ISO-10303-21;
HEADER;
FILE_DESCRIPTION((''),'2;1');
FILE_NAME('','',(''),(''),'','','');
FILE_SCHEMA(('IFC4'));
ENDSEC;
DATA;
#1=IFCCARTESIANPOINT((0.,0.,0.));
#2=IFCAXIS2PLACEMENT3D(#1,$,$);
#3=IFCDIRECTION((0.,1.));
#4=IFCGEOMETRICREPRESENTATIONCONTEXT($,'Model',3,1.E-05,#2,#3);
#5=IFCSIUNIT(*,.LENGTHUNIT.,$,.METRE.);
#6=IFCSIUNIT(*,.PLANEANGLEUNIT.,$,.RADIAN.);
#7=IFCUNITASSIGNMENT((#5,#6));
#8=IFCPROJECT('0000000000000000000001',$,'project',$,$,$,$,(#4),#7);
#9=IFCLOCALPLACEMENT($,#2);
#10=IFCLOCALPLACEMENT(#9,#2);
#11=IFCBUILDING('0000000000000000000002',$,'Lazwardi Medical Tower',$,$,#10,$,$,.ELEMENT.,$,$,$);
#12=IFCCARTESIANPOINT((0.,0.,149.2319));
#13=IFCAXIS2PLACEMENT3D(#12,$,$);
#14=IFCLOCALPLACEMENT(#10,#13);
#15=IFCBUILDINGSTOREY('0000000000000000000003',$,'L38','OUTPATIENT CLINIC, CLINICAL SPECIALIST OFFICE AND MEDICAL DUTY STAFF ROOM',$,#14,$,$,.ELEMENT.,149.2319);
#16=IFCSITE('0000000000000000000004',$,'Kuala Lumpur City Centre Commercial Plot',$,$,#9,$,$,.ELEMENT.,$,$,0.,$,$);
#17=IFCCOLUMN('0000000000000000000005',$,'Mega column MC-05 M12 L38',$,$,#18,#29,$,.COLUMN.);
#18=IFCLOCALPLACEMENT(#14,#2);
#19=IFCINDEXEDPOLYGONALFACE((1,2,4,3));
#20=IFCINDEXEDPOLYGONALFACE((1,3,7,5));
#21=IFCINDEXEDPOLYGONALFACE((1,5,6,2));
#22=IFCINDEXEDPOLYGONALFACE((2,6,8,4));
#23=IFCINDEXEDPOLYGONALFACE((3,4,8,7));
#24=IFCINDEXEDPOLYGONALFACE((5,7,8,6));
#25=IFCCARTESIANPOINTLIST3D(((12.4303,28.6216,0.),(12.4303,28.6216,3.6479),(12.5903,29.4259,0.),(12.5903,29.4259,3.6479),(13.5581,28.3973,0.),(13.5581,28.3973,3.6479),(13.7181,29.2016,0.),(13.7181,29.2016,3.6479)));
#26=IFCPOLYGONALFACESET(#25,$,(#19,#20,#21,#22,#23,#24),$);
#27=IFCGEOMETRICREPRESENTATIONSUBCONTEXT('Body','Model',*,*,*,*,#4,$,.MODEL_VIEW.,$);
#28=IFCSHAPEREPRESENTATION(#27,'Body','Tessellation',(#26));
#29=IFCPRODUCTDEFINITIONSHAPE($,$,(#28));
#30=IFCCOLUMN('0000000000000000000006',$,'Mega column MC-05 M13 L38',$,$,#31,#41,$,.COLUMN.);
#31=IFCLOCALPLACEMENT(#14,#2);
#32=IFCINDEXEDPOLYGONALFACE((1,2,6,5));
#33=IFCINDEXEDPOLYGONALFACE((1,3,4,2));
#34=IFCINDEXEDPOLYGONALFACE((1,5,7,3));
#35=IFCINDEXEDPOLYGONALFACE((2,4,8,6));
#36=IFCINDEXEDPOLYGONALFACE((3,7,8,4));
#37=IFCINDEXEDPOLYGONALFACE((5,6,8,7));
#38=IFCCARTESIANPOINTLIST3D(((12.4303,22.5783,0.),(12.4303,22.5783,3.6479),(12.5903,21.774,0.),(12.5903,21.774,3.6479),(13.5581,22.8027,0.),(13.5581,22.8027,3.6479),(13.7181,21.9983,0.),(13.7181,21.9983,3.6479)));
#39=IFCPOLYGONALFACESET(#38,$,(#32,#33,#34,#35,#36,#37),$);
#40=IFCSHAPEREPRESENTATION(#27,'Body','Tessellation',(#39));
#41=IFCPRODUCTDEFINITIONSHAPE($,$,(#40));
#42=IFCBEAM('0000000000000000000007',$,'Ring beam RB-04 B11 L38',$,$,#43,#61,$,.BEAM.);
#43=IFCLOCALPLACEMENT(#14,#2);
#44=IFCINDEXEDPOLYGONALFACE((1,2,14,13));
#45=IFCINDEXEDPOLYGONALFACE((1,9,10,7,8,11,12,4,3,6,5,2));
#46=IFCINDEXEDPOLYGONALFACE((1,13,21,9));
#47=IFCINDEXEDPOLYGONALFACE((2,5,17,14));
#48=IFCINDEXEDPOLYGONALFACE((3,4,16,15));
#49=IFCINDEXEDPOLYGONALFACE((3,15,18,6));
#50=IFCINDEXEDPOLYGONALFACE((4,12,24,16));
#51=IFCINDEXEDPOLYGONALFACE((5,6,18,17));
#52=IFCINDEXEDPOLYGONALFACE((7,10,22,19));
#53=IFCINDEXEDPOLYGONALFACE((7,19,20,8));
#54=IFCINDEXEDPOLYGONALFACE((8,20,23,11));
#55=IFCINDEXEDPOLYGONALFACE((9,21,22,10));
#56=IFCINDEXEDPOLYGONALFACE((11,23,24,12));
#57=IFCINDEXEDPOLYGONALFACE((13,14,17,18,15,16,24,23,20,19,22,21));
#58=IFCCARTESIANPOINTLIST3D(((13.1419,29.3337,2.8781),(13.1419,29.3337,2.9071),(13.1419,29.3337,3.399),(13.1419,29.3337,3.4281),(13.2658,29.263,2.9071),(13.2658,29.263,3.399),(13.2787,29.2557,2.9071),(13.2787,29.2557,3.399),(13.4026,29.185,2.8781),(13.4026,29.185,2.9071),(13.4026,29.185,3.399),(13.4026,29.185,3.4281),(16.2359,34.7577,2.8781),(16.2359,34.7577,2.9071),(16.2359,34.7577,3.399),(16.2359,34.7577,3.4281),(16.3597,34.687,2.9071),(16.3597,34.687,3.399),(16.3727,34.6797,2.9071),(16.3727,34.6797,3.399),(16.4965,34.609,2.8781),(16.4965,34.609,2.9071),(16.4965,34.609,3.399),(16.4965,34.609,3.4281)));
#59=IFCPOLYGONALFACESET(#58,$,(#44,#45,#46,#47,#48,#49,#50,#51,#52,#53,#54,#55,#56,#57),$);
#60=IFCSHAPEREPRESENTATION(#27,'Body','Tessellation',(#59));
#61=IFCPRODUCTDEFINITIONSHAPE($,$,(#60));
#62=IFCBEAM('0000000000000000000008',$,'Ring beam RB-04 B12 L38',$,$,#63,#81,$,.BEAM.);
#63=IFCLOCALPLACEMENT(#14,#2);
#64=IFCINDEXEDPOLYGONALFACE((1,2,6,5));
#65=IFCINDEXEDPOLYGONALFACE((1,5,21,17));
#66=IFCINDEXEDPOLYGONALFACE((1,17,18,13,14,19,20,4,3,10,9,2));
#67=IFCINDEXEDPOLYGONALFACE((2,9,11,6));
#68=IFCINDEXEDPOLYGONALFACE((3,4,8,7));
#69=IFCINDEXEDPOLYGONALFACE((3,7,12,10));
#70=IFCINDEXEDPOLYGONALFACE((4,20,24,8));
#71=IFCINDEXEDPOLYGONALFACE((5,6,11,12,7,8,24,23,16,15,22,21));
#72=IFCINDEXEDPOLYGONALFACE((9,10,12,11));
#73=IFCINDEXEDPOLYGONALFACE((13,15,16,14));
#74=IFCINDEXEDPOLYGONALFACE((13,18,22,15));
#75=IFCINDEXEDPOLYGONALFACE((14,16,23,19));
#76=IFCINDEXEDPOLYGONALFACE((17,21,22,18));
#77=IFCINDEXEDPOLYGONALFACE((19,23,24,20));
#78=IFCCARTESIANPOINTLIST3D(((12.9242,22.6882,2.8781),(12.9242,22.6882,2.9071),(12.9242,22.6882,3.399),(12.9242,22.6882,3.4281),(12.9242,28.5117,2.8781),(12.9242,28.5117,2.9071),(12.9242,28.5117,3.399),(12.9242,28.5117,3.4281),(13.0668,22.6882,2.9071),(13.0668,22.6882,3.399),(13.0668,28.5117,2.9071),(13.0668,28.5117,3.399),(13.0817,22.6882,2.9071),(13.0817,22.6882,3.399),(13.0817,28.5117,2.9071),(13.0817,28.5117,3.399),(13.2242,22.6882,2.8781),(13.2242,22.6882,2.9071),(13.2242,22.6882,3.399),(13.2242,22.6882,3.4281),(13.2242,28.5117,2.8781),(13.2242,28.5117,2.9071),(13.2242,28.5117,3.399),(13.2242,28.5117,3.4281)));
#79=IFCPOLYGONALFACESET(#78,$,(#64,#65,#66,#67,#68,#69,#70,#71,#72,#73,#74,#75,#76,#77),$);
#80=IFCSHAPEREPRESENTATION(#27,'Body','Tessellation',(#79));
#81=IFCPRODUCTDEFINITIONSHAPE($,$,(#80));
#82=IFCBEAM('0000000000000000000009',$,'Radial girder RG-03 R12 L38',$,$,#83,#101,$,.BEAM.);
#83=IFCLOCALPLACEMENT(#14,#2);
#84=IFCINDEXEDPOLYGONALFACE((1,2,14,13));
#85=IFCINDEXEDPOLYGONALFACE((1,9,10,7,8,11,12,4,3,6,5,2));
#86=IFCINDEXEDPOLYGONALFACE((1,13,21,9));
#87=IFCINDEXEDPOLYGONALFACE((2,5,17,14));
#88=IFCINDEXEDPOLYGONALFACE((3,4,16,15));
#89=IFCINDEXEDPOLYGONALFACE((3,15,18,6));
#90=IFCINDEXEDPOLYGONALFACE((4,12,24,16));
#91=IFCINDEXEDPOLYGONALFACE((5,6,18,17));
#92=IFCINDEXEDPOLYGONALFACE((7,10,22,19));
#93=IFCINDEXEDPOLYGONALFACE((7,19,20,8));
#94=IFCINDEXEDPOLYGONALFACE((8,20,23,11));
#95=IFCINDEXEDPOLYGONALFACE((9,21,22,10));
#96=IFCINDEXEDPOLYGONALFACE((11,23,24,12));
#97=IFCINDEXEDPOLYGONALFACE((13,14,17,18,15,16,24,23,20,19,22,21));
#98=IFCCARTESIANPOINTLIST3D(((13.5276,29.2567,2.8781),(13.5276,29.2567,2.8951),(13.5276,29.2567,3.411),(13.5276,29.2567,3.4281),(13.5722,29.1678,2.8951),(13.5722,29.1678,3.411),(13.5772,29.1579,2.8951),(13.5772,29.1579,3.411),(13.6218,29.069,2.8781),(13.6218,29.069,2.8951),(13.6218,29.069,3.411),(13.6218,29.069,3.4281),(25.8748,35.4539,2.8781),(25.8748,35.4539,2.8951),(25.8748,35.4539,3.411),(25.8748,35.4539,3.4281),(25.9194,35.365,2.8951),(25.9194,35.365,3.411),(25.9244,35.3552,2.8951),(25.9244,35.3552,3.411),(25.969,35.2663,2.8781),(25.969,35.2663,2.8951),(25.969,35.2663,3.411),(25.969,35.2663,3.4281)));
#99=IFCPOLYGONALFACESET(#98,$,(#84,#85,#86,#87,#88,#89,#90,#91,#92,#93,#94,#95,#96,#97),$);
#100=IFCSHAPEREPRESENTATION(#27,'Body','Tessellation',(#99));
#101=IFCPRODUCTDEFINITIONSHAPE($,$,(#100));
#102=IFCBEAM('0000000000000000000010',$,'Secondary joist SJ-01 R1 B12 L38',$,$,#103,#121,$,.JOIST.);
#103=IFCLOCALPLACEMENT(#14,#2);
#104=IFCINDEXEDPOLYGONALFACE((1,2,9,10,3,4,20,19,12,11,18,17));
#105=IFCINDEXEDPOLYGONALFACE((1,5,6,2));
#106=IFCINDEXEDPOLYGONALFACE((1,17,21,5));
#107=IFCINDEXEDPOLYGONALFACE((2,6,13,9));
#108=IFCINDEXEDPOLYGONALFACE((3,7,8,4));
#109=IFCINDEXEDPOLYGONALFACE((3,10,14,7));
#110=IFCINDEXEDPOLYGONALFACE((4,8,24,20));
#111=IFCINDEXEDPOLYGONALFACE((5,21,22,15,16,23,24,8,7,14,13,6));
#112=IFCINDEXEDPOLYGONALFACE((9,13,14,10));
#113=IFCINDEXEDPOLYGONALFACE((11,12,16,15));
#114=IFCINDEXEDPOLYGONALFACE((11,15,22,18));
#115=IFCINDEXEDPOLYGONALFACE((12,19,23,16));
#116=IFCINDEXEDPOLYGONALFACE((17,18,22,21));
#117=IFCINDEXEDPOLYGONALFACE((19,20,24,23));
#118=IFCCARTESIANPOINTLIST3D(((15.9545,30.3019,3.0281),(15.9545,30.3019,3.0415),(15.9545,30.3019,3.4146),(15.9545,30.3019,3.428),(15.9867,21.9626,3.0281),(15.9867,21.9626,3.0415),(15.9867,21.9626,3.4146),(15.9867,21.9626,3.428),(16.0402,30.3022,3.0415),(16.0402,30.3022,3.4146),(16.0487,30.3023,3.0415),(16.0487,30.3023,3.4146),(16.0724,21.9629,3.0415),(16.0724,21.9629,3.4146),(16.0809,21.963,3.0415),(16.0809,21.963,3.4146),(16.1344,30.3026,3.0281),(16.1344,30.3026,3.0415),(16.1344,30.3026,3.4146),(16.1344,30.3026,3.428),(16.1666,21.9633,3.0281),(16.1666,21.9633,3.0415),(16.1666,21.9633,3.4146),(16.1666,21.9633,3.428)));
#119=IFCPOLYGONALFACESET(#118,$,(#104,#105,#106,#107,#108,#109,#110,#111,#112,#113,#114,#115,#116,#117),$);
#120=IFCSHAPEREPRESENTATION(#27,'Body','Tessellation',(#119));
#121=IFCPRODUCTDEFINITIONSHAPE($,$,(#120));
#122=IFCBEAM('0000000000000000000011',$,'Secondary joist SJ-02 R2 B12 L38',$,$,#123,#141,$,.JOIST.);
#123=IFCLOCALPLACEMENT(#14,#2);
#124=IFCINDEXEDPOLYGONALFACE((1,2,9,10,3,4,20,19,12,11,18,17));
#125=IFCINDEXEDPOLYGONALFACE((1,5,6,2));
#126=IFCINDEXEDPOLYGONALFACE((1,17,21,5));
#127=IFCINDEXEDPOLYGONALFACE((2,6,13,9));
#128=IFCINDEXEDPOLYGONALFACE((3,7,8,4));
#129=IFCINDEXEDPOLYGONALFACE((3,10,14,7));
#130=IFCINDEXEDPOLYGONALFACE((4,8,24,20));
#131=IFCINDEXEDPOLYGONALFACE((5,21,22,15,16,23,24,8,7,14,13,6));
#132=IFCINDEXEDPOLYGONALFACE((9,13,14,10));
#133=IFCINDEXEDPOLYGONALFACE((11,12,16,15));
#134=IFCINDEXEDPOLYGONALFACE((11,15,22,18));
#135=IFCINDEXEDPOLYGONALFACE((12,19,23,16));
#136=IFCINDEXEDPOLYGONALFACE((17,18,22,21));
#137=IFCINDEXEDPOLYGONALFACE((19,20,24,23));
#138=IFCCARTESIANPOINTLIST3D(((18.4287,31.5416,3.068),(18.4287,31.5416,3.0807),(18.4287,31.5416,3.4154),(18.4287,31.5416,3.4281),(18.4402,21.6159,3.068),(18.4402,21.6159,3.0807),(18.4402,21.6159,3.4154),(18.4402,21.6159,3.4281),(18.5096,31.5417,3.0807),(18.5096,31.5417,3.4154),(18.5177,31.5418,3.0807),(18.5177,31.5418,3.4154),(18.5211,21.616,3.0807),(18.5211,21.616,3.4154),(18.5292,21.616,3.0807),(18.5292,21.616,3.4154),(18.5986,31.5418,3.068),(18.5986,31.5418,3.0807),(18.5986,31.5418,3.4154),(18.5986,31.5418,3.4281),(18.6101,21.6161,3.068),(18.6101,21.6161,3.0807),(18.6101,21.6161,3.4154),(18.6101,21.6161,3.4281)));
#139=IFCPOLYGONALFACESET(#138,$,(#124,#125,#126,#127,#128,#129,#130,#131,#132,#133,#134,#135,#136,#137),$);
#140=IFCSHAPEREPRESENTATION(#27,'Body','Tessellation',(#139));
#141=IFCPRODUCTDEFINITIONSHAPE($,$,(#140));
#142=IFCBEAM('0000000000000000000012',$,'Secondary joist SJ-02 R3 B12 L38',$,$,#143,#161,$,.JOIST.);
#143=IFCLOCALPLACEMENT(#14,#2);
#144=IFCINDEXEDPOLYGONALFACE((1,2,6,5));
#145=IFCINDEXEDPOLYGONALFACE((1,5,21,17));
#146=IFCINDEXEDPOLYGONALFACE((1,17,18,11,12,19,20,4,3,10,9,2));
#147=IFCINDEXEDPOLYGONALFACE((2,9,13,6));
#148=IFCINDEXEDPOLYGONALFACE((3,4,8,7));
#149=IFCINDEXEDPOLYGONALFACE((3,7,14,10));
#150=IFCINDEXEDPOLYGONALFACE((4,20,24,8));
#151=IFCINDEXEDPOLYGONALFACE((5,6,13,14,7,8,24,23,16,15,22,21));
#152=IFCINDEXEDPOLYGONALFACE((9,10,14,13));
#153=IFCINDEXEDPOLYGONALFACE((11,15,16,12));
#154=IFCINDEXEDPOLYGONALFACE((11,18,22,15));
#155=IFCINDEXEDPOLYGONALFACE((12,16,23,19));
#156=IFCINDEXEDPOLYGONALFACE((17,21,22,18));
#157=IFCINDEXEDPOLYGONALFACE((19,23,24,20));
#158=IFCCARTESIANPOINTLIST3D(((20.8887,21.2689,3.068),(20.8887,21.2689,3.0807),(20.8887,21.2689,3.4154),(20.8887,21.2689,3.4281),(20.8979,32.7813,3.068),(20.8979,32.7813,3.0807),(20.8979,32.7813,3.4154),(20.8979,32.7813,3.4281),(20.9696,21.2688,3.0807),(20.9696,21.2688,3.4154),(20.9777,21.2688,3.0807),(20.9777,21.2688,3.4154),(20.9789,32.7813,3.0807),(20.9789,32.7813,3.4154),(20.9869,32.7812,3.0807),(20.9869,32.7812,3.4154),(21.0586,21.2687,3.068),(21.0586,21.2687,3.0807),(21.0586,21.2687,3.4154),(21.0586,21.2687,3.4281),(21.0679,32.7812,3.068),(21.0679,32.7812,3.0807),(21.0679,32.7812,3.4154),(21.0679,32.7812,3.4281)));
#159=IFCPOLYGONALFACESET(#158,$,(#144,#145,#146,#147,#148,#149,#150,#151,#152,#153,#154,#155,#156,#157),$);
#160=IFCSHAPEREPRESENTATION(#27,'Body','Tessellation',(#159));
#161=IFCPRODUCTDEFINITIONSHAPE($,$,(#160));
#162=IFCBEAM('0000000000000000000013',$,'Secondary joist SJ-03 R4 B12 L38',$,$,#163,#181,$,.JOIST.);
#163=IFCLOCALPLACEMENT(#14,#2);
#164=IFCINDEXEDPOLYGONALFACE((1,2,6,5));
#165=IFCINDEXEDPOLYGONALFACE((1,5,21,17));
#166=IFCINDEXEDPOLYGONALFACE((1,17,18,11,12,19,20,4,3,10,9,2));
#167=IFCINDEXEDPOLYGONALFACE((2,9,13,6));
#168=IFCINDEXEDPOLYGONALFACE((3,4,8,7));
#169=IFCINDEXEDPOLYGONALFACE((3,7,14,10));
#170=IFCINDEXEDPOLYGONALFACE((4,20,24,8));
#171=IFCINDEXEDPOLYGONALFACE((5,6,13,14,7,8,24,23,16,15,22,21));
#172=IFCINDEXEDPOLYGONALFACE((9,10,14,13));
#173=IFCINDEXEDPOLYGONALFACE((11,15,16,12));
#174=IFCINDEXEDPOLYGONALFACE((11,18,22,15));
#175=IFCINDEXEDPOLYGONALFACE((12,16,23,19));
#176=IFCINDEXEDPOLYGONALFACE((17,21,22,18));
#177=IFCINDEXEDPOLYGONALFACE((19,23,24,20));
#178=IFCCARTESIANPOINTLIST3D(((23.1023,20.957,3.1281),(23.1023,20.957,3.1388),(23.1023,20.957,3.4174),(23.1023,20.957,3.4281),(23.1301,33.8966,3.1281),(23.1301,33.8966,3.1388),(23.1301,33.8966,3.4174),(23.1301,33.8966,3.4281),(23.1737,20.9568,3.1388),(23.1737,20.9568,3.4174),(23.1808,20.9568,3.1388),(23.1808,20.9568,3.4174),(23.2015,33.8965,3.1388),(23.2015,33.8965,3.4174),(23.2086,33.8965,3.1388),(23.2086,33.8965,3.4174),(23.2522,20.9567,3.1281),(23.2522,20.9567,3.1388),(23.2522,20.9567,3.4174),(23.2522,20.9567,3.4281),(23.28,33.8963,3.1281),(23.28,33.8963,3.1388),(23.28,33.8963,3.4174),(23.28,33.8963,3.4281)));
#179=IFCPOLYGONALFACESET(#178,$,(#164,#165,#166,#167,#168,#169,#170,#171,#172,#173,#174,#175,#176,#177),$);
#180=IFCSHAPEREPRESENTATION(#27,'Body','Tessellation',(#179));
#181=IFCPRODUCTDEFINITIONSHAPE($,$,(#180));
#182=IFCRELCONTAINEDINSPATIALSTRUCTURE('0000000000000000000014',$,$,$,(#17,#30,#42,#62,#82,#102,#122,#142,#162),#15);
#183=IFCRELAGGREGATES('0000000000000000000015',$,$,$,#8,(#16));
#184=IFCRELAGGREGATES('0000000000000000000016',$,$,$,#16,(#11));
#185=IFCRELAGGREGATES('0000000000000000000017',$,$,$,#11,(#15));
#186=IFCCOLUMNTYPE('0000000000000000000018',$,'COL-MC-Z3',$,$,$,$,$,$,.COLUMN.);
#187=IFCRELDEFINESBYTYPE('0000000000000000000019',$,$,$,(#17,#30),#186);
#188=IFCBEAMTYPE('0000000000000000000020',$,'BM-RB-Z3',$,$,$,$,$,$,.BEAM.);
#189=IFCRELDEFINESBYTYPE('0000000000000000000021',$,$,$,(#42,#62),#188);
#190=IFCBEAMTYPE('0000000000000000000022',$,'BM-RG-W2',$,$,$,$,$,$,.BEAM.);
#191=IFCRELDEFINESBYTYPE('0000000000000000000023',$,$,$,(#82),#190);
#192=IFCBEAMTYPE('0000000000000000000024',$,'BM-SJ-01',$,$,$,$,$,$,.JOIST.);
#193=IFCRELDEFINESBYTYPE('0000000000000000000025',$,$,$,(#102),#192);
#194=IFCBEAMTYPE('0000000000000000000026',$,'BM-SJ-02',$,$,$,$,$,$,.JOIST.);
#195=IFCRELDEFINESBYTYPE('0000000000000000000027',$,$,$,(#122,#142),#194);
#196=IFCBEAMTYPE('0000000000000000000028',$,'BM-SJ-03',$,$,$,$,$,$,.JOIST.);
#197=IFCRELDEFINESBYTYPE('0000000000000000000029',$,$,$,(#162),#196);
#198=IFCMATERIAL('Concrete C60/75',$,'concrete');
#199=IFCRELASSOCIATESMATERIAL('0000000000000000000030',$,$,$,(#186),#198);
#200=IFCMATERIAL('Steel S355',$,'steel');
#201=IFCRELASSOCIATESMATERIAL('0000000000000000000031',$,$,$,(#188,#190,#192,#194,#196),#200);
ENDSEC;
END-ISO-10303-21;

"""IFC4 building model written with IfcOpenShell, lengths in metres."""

from ifc_helpers import new_model, si_unit, direction, frame, origin, origin_2d, place, context, subcontext, project, spatial, rectangle, i_section, extrude, material, material_profile, profile_set, type_object, element, save


model = new_model("IFC4")

# Units and contexts
model_context = context("Model", 3, precision=1e-05, world=origin(), true_north=direction((0.0, 1.0)))
body_context = subcontext(model_context, "Body", "Model", "MODEL_VIEW")
ifc_project = project(units=[si_unit("LENGTHUNIT", "METRE"), si_unit("PLANEANGLEUNIT", "RADIAN")], contexts=[model_context])

# Site, building, storey
site_placement = place(None, origin())
site = spatial("IfcSite", under=ifc_project, at=site_placement, Name="Kuala Lumpur City Centre Commercial Plot", CompositionType="ELEMENT", RefElevation=0.0)
building_placement = place(site_placement, origin())
building = spatial("IfcBuilding", under=site, at=building_placement, Name="Lazwardi Medical Tower", CompositionType="ELEMENT")
storey_placement = place(building_placement, frame((0.0, 0.0, 149.2319)))
storey = spatial("IfcBuildingStorey", under=building, at=storey_placement, Name="L38", Description="OUTPATIENT CLINIC, CLINICAL SPECIALIST OFFICE AND MEDICAL DUTY STAFF ROOM", CompositionType="ELEMENT", Elevation=149.2319)

# Columns
ifc_material_1 = material(Name="Concrete C60/75", Category="concrete")
ifc_material_profile_1 = material_profile(ifc_material_1, rectangle(XDim=1.1499, YDim=0.8201, at=origin_2d()), Name="CFT-RECT 1150x820")
ifc_profile_set_1 = profile_set([ifc_material_profile_1], Name="Concrete C60/75")
column_type = type_object("IfcColumnType", Name="COL-MC-Z3", PredefinedType="COLUMN", material=ifc_profile_set_1)
for number, where, z_axis, x_axis, name in (
    (1, (13.0742, 28.9116, 0.0), (0.0, 0.0, 1.0), (-0.980785, 0.19509, 0.0), "Mega column MC-05 M12 L38"),
    (2, (13.0742, 22.2883, 0.0), (0.0, 0.0, 1.0), (-0.980785, -0.19509, 0.0), "Mega column MC-05 M13 L38"),
):
    element("IfcColumn", number, at=place(storey_placement, frame(where, z_axis=z_axis, x_axis=x_axis)), inside=storey, type_object=column_type, Name=name, PredefinedType="COLUMN", context=body_context, shape_type="SweptSolid", body=[
        extrude(rectangle(XDim=1.1499, YDim=0.8201, at=origin_2d()), origin(), (0.0, 0.0, 1.0), 3.6479),
    ])

# Beams
ifc_material_2 = material(Name="Steel S355", Category="steel")
ifc_material_profile_2 = material_profile(ifc_material_2, i_section(OverallWidth=0.3, OverallDepth=0.55, WebThickness=0.0149, FlangeThickness=0.0291, at=origin_2d()), Name="HEB 550")
ifc_profile_set_2 = profile_set([ifc_material_profile_2], Name="Steel S355")
beam_type_1 = type_object("IfcBeamType", Name="BM-RB-Z3", PredefinedType="BEAM", material=ifc_profile_set_2)
beam_1_placement = place(storey_placement, frame((16.3662, 34.6833, 3.1531), z_axis=(-0.495478, -0.868621, 0.0), x_axis=(0.868621, -0.495478, 0.0)))
element("IfcBeam", 3, at=beam_1_placement, inside=storey, type_object=beam_type_1, Name="Ring beam RB-04 B11 L38", PredefinedType="BEAM", context=body_context, shape_type="SweptSolid", body=[
    extrude(i_section(OverallWidth=0.3, OverallDepth=0.55, WebThickness=0.0149, FlangeThickness=0.0291, at=origin_2d()), origin(), (0.0, 0.0, 1.0), 6.2444),
])
beam_2_placement = place(storey_placement, frame((13.0742, 28.5117, 3.1531), z_axis=(0.0, -1.0, 0.0), x_axis=(1.0, 0.0, 0.0)))
element("IfcBeam", 4, at=beam_2_placement, inside=storey, type_object=beam_type_1, Name="Ring beam RB-04 B12 L38", PredefinedType="BEAM", context=body_context, shape_type="SweptSolid", body=[
    extrude(i_section(OverallWidth=0.3, OverallDepth=0.55, WebThickness=0.0149, FlangeThickness=0.0291, at=origin_2d()), origin(), (0.0, 0.0, 1.0), 5.8235),
])
ifc_material_profile_3 = material_profile(ifc_material_2, i_section(OverallWidth=0.21, OverallDepth=0.55, WebThickness=0.011, FlangeThickness=0.0171, at=origin_2d()), Name="IPE 550")
ifc_profile_set_3 = profile_set([ifc_material_profile_3], Name="Steel S355")
beam_type_2 = type_object("IfcBeamType", Name="BM-RG-W2", PredefinedType="BEAM", material=ifc_profile_set_3)
beam_3_placement = place(storey_placement, frame((13.5747, 29.1628, 3.1531), z_axis=(0.89374, 0.448584, 0.0), x_axis=(-0.448584, 0.89374, 0.0)))
element("IfcBeam", 5, at=beam_3_placement, inside=storey, type_object=beam_type_2, Name="Radial girder RG-03 R12 L38", PredefinedType="BEAM", context=body_context, shape_type="SweptSolid", body=[
    extrude(i_section(OverallWidth=0.21, OverallDepth=0.55, WebThickness=0.011, FlangeThickness=0.0171, at=origin_2d()), origin(), (0.0, 0.0, 1.0), 13.8152),
])
ifc_material_profile_4 = material_profile(ifc_material_2, i_section(OverallWidth=0.1799, OverallDepth=0.3999, WebThickness=0.0085, FlangeThickness=0.0134, at=origin_2d()), Name="IPE 400")
ifc_profile_set_4 = profile_set([ifc_material_profile_4], Name="Steel S355")
beam_type_3 = type_object("IfcBeamType", Name="BM-SJ-01", PredefinedType="JOIST", material=ifc_profile_set_4)
beam_4_placement = place(storey_placement, frame((16.0444, 30.3022, 3.228), z_axis=(0.003864, -0.999993, 0.0), x_axis=(0.999993, 0.003864, 0.0)))
element("IfcBeam", 6, at=beam_4_placement, inside=storey, type_object=beam_type_3, Name="Secondary joist SJ-01 R1 B12 L38", PredefinedType="JOIST", context=body_context, shape_type="SweptSolid", body=[
    extrude(i_section(OverallWidth=0.1799, OverallDepth=0.3999, WebThickness=0.0085, FlangeThickness=0.0134, at=origin_2d()), origin(), (0.0, 0.0, 1.0), 8.3394),
])
ifc_material_profile_5 = material_profile(ifc_material_2, i_section(OverallWidth=0.1699, OverallDepth=0.3601, WebThickness=0.0081, FlangeThickness=0.0127, at=origin_2d()), Name="IPE 360")
ifc_profile_set_5 = profile_set([ifc_material_profile_5], Name="Steel S355")
beam_type_4 = type_object("IfcBeamType", Name="BM-SJ-02", PredefinedType="JOIST", material=ifc_profile_set_5)
beam_5_placement = place(storey_placement, frame((18.5137, 31.5417, 3.248), z_axis=(0.001156, -0.999999, 0.0), x_axis=(0.999999, 0.001156, 0.0)))
element("IfcBeam", 7, at=beam_5_placement, inside=storey, type_object=beam_type_4, Name="Secondary joist SJ-02 R2 B12 L38", PredefinedType="JOIST", context=body_context, shape_type="SweptSolid", body=[
    extrude(i_section(OverallWidth=0.1699, OverallDepth=0.3601, WebThickness=0.0081, FlangeThickness=0.0127, at=origin_2d()), origin(), (0.0, 0.0, 1.0), 9.9258),
])
beam_6_placement = place(storey_placement, frame((20.9829, 32.7812, 3.248), z_axis=(-0.000806, -1.0, 0.0), x_axis=(1.0, -0.000806, 0.0)))
element("IfcBeam", 8, at=beam_6_placement, inside=storey, type_object=beam_type_4, Name="Secondary joist SJ-02 R3 B12 L38", PredefinedType="JOIST", context=body_context, shape_type="SweptSolid", body=[
    extrude(i_section(OverallWidth=0.1699, OverallDepth=0.3601, WebThickness=0.0081, FlangeThickness=0.0127, at=origin_2d()), origin(), (0.0, 0.0, 1.0), 11.5125),
])
ifc_material_profile_6 = material_profile(ifc_material_2, i_section(OverallWidth=0.1499, OverallDepth=0.3, WebThickness=0.0071, FlangeThickness=0.0107, at=origin_2d()), Name="IPE 300")
ifc_profile_set_6 = profile_set([ifc_material_profile_6], Name="Steel S355")
beam_type_5 = type_object("IfcBeamType", Name="BM-SJ-03", PredefinedType="JOIST", material=ifc_profile_set_6)
beam_7_placement = place(storey_placement, frame((23.2051, 33.8965, 3.2781), z_axis=(-0.002151, -0.999998, 0.0), x_axis=(0.999998, -0.002151, 0.0)))
element("IfcBeam", 9, at=beam_7_placement, inside=storey, type_object=beam_type_5, Name="Secondary joist SJ-03 R4 B12 L38", PredefinedType="JOIST", context=body_context, shape_type="SweptSolid", body=[
    extrude(i_section(OverallWidth=0.1499, OverallDepth=0.3, WebThickness=0.0071, FlangeThickness=0.0107, at=origin_2d()), origin(), (0.0, 0.0, 1.0), 12.9397),
])

save(model, "model.ifc")
